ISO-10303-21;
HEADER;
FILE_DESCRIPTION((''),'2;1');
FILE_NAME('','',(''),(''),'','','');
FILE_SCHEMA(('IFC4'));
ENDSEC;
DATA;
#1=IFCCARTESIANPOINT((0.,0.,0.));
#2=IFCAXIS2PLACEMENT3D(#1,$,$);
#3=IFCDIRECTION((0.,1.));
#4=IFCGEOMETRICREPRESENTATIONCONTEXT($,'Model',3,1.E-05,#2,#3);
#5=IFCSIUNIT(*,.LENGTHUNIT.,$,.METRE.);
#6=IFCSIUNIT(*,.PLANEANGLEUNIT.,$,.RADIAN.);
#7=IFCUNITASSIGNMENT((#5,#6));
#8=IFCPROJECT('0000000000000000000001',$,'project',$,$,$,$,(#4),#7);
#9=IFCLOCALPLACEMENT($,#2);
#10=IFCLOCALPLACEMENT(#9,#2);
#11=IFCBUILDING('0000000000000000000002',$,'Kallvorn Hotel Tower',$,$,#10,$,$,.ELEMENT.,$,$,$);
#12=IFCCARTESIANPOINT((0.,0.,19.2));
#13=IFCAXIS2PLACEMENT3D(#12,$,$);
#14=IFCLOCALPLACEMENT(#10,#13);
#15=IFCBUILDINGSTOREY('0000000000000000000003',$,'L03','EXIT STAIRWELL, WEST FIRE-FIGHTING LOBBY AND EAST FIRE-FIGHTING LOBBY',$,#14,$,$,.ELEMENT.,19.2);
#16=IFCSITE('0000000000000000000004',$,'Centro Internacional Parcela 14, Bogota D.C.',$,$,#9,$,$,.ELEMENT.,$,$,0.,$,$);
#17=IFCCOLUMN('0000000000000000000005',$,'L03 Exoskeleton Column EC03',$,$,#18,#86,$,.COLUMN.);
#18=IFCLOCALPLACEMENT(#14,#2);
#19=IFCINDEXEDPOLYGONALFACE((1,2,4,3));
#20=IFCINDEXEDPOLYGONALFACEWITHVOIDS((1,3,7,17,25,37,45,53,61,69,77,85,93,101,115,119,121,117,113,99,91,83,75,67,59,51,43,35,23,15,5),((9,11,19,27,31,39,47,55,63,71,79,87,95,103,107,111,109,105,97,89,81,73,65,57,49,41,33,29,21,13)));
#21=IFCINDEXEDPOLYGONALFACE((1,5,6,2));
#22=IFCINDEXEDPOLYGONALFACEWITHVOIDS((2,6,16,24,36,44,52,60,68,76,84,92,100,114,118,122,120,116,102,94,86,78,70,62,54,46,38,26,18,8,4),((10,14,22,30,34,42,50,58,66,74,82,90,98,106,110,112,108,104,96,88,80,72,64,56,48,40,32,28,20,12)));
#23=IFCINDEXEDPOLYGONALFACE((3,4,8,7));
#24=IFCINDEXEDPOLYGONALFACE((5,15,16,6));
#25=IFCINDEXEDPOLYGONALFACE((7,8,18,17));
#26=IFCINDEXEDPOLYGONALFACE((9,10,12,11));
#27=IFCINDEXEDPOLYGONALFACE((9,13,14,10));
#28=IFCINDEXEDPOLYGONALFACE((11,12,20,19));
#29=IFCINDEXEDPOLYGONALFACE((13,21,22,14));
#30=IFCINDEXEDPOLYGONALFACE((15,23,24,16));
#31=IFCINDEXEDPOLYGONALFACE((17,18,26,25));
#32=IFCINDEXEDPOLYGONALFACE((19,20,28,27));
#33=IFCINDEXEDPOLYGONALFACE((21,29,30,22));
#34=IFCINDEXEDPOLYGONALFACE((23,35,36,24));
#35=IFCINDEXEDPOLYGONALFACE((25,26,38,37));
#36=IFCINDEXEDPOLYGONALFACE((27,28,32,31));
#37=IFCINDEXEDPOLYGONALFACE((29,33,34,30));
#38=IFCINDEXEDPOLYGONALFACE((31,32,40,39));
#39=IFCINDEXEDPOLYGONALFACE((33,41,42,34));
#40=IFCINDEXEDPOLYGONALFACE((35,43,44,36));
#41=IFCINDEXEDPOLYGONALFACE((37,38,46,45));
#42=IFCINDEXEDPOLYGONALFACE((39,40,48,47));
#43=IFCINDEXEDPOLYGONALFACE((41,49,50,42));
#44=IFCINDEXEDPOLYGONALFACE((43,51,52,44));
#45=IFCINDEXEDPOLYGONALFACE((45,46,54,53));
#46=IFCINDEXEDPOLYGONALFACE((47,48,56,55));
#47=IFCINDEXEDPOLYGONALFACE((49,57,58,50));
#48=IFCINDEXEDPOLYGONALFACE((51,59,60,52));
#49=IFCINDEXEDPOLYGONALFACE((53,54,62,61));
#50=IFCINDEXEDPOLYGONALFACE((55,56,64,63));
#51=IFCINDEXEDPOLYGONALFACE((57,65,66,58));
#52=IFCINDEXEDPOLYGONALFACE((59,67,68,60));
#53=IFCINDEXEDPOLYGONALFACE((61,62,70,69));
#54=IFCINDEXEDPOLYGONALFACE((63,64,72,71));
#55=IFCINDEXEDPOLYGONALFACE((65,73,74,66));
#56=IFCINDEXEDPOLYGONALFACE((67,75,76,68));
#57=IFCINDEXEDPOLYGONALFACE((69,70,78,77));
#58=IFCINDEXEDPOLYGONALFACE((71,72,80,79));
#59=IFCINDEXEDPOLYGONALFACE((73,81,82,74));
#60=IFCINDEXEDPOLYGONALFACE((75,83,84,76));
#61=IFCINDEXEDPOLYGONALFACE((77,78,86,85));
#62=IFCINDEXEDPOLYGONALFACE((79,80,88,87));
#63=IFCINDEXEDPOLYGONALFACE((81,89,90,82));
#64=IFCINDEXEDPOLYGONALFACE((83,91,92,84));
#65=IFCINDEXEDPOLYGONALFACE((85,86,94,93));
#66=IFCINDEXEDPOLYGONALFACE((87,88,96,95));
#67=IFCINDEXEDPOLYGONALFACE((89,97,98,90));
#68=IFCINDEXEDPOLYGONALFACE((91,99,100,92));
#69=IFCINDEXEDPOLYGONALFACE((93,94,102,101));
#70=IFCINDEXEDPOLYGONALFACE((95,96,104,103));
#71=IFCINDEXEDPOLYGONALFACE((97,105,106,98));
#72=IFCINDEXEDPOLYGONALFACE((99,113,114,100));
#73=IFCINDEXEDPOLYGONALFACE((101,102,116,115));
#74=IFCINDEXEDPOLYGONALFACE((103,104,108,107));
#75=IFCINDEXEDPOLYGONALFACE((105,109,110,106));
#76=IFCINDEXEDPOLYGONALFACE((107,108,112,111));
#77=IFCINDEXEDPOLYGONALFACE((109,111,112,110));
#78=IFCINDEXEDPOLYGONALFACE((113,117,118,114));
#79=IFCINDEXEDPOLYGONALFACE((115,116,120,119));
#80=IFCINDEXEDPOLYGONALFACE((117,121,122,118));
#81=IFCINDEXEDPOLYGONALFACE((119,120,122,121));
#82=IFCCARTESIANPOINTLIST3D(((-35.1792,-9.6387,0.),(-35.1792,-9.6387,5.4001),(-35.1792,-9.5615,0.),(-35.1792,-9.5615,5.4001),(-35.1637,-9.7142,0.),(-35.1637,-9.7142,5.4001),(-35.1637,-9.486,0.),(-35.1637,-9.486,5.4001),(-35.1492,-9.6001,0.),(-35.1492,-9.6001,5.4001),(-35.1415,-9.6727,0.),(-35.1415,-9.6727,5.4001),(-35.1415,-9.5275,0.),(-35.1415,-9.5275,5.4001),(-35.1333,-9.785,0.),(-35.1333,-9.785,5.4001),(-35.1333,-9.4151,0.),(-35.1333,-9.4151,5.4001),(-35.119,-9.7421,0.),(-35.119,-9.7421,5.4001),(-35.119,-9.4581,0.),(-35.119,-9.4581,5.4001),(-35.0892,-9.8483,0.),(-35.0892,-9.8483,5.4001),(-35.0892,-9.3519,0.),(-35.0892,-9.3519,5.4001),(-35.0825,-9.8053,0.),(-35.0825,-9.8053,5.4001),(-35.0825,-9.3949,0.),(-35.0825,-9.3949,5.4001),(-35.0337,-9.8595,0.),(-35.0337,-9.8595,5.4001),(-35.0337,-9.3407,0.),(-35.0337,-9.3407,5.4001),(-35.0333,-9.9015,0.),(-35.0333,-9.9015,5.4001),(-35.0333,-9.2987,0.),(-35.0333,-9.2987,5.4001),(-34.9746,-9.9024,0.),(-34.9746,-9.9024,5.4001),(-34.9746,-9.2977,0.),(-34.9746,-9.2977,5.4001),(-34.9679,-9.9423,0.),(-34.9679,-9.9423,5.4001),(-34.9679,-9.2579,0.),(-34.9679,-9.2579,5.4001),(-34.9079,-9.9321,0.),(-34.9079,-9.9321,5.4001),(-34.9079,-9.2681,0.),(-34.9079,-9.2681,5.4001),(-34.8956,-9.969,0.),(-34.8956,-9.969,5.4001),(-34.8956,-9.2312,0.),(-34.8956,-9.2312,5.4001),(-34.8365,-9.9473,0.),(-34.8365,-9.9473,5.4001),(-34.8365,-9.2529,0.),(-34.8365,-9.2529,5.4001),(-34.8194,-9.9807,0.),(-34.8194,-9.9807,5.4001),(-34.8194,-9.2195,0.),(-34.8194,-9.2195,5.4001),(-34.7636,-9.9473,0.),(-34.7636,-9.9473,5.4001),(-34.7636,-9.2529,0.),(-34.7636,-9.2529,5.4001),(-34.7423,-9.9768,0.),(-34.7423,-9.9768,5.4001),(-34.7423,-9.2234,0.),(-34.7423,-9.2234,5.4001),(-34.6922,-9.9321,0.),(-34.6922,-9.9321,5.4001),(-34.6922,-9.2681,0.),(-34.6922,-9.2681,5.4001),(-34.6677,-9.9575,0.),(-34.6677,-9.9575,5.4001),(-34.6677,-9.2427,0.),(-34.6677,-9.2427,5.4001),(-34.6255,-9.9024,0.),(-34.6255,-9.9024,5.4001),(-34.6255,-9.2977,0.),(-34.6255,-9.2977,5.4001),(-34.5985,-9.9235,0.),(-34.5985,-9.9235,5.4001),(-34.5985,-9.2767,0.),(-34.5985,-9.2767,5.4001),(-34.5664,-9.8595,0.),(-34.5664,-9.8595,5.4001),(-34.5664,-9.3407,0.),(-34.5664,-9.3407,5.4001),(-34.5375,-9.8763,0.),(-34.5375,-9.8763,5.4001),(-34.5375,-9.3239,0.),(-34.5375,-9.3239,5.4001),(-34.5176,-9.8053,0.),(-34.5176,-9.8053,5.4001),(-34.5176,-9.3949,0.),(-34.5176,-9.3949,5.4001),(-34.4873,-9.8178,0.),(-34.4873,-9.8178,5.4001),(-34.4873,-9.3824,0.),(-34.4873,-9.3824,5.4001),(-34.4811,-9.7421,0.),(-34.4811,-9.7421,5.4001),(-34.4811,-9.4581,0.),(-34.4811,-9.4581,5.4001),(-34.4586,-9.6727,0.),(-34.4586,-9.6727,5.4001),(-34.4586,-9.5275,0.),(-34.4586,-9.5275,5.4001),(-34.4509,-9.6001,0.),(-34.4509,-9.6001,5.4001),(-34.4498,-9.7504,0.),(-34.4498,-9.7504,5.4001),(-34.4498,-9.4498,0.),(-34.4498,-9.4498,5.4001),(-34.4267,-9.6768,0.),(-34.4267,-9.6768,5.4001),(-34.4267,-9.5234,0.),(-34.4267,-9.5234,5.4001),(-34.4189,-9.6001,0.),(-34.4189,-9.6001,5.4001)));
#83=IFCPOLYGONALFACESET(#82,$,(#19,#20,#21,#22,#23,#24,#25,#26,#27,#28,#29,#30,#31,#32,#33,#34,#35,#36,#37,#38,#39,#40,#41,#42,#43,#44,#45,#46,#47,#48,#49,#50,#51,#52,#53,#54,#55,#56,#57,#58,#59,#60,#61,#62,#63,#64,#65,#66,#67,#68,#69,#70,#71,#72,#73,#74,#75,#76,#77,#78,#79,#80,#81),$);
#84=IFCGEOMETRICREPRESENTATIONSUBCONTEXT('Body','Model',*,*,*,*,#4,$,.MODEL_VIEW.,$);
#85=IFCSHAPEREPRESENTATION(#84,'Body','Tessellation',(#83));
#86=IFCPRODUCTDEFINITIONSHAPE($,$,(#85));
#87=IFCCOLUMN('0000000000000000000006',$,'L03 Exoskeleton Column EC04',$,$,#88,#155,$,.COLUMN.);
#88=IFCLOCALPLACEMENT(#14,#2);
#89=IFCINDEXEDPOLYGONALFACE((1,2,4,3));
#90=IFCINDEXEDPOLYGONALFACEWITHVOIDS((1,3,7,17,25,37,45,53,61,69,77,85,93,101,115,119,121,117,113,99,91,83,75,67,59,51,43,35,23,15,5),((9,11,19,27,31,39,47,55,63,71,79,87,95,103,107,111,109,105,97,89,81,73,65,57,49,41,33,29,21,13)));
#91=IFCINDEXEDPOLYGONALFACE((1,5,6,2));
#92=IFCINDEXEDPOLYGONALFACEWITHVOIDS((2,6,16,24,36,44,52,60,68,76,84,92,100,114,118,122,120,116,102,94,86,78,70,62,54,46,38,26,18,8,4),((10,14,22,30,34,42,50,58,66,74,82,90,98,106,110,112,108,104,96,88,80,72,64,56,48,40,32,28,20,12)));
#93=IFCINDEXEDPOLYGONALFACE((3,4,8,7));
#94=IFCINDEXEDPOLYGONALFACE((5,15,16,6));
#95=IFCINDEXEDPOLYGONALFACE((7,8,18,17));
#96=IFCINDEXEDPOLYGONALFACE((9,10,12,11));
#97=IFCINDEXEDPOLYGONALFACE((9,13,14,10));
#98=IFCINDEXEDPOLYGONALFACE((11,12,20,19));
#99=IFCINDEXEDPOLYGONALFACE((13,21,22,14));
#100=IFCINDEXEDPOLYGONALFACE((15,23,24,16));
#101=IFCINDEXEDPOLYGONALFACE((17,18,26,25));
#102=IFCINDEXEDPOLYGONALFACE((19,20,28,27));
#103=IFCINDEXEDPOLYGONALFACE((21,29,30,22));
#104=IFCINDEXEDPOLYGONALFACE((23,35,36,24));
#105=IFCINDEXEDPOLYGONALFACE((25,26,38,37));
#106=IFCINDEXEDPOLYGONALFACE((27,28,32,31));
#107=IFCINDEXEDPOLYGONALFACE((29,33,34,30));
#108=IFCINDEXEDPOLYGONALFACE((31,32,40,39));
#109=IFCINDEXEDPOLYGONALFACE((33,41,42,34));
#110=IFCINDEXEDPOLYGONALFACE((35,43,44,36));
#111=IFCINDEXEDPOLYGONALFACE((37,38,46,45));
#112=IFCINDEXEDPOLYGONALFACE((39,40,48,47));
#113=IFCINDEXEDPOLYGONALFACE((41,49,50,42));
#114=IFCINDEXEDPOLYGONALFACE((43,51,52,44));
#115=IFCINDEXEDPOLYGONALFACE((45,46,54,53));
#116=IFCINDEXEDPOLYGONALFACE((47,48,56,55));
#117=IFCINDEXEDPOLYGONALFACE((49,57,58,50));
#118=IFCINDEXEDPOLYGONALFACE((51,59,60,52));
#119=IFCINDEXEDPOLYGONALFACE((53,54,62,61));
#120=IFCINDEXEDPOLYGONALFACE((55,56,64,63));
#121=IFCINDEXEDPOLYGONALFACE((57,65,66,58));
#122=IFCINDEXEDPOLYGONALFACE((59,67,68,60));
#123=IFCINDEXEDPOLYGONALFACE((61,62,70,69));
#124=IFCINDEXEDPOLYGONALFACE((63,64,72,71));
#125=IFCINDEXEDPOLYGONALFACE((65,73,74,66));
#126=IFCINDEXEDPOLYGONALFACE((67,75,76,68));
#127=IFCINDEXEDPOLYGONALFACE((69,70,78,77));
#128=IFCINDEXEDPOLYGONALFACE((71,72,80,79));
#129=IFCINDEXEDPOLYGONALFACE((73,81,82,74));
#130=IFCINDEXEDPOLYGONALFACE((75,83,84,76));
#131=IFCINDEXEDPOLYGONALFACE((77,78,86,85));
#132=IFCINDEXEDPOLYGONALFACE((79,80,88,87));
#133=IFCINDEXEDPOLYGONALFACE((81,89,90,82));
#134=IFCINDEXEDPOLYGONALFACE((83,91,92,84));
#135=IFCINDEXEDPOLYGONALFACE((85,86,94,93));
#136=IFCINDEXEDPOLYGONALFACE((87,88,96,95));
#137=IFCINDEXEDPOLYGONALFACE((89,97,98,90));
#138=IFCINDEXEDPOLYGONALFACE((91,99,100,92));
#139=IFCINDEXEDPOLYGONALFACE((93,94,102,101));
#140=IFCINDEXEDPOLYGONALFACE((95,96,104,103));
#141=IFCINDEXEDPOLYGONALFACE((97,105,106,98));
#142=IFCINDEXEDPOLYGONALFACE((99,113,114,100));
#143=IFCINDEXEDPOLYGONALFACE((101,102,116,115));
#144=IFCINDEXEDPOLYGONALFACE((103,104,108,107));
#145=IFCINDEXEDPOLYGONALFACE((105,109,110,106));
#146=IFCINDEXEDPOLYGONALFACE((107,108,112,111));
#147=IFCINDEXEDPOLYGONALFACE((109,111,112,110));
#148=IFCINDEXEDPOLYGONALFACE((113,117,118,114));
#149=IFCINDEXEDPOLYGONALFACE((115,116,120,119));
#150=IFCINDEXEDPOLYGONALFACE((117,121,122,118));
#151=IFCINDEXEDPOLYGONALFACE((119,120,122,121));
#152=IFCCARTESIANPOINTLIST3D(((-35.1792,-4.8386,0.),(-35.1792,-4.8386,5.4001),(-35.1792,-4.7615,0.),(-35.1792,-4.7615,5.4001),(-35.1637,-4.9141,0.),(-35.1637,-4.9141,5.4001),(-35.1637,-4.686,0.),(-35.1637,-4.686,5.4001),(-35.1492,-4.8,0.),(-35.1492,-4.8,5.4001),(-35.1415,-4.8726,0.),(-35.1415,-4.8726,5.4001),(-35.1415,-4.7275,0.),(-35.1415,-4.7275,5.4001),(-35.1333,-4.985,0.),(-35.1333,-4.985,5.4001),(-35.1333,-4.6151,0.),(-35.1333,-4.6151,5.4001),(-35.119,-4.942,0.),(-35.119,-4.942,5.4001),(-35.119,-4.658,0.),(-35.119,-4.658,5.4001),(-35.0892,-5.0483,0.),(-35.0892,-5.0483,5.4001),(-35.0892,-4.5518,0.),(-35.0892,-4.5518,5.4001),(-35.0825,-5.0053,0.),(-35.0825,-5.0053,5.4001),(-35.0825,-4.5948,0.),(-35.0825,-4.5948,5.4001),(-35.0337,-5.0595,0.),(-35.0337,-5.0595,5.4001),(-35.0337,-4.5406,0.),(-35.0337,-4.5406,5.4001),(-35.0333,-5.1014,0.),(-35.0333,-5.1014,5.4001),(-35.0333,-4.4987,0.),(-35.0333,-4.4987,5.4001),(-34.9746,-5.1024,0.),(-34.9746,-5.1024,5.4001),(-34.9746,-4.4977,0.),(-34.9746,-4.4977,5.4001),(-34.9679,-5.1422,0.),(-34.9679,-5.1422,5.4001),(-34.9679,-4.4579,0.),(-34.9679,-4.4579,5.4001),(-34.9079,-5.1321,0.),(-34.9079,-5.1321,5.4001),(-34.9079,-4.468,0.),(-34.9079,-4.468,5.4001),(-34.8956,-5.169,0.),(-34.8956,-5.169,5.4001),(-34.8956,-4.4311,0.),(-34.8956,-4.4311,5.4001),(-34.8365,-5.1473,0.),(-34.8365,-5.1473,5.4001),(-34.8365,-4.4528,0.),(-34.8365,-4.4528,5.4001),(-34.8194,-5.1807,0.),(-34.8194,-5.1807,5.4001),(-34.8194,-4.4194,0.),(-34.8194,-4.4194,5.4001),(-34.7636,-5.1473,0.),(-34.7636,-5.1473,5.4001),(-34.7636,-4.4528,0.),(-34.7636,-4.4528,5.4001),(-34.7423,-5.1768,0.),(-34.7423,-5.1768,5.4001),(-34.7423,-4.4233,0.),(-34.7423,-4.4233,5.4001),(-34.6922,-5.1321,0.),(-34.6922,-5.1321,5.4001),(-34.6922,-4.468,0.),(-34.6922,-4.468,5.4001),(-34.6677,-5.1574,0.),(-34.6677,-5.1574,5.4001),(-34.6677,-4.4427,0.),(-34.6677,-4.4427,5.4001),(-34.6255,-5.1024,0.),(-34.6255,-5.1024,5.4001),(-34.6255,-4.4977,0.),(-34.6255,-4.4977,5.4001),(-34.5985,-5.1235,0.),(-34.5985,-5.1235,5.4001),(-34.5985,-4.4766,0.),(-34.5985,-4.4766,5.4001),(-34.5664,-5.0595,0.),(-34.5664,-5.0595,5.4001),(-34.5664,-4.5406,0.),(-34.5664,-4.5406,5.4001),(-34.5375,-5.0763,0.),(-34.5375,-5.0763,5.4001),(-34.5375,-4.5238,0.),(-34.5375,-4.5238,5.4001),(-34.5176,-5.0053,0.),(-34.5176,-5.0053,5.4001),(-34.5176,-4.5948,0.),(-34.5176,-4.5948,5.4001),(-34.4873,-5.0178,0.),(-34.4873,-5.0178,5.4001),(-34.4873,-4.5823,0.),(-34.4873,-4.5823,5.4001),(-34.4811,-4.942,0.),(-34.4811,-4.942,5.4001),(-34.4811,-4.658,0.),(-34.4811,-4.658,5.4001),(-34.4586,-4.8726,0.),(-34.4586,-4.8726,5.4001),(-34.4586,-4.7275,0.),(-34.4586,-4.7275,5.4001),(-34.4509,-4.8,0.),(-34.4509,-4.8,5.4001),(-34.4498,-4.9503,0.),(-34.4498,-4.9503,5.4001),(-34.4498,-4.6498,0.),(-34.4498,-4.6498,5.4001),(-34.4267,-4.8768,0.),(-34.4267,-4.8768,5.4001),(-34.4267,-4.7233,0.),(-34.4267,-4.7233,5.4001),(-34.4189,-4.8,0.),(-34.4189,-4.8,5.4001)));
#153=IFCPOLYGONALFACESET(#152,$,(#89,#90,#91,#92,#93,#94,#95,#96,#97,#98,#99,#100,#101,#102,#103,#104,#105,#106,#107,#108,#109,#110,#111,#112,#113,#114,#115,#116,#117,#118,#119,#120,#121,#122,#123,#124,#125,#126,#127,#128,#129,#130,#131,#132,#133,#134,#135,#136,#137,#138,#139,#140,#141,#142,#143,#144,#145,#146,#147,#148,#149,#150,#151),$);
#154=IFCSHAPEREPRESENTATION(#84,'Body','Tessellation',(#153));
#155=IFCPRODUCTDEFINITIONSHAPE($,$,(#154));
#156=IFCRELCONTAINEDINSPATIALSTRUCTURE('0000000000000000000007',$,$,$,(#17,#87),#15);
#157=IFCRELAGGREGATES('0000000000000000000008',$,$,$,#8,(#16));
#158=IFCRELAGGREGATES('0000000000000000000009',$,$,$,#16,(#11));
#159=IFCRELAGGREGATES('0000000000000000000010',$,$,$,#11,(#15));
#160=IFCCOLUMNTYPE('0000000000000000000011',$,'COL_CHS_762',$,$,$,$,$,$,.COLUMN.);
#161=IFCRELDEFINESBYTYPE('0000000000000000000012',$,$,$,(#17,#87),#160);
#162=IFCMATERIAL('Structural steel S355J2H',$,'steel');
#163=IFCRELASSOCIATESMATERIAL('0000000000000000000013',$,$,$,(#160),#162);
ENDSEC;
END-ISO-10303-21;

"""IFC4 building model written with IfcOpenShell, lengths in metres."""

from ifc_helpers import new_model, si_unit, direction, frame, origin, origin_2d, place, context, subcontext, project, spatial, hollow_circle, extrude, material, material_profile, profile_set, type_object, element, save


model = new_model("IFC4")

# Units and contexts
model_context = context("Model", 3, precision=1e-05, world=origin(), true_north=direction((0.0, 1.0)))
body_context = subcontext(model_context, "Body", "Model", "MODEL_VIEW")
ifc_project = project(units=[si_unit("LENGTHUNIT", "METRE"), si_unit("PLANEANGLEUNIT", "RADIAN")], contexts=[model_context])

# Site, building, storey
site_placement = place(None, origin())
site = spatial("IfcSite", under=ifc_project, at=site_placement, Name="Centro Internacional Parcela 14, Bogota D.C.", CompositionType="ELEMENT", RefElevation=0.0)
building_placement = place(site_placement, origin())
building = spatial("IfcBuilding", under=site, at=building_placement, Name="Kallvorn Hotel Tower", CompositionType="ELEMENT")
storey_placement = place(building_placement, frame((0.0, 0.0, 19.2)))
storey = spatial("IfcBuildingStorey", under=building, at=storey_placement, Name="L03", Description="EXIT STAIRWELL, WEST FIRE-FIGHTING LOBBY AND EAST FIRE-FIGHTING LOBBY", CompositionType="ELEMENT", Elevation=19.2)

# Columns
ifc_material_1 = material(Name="Structural steel S355J2H", Category="steel")
ifc_material_profile_1 = material_profile(ifc_material_1, hollow_circle(Radius=0.3811, WallThickness=0.032, at=origin_2d()), Name="CHS 762x32")
ifc_profile_set_1 = profile_set([ifc_material_profile_1], Name="Structural steel S355J2H")
column_type = type_object("IfcColumnType", Name="COL_CHS_762", PredefinedType="COLUMN", material=ifc_profile_set_1)
for number, where, z_axis, x_axis, name in (
    (1, (-34.8, -9.6001, 0.0), (0.0, 0.0, 1.0), (1.0, 0.0, 0.0), "L03 Exoskeleton Column EC03"),
    (2, (-34.8, -4.8, 0.0), (0.0, 0.0, 1.0), (1.0, 0.0, 0.0), "L03 Exoskeleton Column EC04"),
):
    element("IfcColumn", number, at=place(storey_placement, frame(where, z_axis=z_axis, x_axis=x_axis)), inside=storey, type_object=column_type, Name=name, PredefinedType="COLUMN", context=body_context, shape_type="SweptSolid", body=[
        extrude(hollow_circle(Radius=0.3811, WallThickness=0.032, at=origin_2d()), origin(), (0.0, 0.0, 1.0), 5.4001),
    ])

save(model, "model.ifc")
